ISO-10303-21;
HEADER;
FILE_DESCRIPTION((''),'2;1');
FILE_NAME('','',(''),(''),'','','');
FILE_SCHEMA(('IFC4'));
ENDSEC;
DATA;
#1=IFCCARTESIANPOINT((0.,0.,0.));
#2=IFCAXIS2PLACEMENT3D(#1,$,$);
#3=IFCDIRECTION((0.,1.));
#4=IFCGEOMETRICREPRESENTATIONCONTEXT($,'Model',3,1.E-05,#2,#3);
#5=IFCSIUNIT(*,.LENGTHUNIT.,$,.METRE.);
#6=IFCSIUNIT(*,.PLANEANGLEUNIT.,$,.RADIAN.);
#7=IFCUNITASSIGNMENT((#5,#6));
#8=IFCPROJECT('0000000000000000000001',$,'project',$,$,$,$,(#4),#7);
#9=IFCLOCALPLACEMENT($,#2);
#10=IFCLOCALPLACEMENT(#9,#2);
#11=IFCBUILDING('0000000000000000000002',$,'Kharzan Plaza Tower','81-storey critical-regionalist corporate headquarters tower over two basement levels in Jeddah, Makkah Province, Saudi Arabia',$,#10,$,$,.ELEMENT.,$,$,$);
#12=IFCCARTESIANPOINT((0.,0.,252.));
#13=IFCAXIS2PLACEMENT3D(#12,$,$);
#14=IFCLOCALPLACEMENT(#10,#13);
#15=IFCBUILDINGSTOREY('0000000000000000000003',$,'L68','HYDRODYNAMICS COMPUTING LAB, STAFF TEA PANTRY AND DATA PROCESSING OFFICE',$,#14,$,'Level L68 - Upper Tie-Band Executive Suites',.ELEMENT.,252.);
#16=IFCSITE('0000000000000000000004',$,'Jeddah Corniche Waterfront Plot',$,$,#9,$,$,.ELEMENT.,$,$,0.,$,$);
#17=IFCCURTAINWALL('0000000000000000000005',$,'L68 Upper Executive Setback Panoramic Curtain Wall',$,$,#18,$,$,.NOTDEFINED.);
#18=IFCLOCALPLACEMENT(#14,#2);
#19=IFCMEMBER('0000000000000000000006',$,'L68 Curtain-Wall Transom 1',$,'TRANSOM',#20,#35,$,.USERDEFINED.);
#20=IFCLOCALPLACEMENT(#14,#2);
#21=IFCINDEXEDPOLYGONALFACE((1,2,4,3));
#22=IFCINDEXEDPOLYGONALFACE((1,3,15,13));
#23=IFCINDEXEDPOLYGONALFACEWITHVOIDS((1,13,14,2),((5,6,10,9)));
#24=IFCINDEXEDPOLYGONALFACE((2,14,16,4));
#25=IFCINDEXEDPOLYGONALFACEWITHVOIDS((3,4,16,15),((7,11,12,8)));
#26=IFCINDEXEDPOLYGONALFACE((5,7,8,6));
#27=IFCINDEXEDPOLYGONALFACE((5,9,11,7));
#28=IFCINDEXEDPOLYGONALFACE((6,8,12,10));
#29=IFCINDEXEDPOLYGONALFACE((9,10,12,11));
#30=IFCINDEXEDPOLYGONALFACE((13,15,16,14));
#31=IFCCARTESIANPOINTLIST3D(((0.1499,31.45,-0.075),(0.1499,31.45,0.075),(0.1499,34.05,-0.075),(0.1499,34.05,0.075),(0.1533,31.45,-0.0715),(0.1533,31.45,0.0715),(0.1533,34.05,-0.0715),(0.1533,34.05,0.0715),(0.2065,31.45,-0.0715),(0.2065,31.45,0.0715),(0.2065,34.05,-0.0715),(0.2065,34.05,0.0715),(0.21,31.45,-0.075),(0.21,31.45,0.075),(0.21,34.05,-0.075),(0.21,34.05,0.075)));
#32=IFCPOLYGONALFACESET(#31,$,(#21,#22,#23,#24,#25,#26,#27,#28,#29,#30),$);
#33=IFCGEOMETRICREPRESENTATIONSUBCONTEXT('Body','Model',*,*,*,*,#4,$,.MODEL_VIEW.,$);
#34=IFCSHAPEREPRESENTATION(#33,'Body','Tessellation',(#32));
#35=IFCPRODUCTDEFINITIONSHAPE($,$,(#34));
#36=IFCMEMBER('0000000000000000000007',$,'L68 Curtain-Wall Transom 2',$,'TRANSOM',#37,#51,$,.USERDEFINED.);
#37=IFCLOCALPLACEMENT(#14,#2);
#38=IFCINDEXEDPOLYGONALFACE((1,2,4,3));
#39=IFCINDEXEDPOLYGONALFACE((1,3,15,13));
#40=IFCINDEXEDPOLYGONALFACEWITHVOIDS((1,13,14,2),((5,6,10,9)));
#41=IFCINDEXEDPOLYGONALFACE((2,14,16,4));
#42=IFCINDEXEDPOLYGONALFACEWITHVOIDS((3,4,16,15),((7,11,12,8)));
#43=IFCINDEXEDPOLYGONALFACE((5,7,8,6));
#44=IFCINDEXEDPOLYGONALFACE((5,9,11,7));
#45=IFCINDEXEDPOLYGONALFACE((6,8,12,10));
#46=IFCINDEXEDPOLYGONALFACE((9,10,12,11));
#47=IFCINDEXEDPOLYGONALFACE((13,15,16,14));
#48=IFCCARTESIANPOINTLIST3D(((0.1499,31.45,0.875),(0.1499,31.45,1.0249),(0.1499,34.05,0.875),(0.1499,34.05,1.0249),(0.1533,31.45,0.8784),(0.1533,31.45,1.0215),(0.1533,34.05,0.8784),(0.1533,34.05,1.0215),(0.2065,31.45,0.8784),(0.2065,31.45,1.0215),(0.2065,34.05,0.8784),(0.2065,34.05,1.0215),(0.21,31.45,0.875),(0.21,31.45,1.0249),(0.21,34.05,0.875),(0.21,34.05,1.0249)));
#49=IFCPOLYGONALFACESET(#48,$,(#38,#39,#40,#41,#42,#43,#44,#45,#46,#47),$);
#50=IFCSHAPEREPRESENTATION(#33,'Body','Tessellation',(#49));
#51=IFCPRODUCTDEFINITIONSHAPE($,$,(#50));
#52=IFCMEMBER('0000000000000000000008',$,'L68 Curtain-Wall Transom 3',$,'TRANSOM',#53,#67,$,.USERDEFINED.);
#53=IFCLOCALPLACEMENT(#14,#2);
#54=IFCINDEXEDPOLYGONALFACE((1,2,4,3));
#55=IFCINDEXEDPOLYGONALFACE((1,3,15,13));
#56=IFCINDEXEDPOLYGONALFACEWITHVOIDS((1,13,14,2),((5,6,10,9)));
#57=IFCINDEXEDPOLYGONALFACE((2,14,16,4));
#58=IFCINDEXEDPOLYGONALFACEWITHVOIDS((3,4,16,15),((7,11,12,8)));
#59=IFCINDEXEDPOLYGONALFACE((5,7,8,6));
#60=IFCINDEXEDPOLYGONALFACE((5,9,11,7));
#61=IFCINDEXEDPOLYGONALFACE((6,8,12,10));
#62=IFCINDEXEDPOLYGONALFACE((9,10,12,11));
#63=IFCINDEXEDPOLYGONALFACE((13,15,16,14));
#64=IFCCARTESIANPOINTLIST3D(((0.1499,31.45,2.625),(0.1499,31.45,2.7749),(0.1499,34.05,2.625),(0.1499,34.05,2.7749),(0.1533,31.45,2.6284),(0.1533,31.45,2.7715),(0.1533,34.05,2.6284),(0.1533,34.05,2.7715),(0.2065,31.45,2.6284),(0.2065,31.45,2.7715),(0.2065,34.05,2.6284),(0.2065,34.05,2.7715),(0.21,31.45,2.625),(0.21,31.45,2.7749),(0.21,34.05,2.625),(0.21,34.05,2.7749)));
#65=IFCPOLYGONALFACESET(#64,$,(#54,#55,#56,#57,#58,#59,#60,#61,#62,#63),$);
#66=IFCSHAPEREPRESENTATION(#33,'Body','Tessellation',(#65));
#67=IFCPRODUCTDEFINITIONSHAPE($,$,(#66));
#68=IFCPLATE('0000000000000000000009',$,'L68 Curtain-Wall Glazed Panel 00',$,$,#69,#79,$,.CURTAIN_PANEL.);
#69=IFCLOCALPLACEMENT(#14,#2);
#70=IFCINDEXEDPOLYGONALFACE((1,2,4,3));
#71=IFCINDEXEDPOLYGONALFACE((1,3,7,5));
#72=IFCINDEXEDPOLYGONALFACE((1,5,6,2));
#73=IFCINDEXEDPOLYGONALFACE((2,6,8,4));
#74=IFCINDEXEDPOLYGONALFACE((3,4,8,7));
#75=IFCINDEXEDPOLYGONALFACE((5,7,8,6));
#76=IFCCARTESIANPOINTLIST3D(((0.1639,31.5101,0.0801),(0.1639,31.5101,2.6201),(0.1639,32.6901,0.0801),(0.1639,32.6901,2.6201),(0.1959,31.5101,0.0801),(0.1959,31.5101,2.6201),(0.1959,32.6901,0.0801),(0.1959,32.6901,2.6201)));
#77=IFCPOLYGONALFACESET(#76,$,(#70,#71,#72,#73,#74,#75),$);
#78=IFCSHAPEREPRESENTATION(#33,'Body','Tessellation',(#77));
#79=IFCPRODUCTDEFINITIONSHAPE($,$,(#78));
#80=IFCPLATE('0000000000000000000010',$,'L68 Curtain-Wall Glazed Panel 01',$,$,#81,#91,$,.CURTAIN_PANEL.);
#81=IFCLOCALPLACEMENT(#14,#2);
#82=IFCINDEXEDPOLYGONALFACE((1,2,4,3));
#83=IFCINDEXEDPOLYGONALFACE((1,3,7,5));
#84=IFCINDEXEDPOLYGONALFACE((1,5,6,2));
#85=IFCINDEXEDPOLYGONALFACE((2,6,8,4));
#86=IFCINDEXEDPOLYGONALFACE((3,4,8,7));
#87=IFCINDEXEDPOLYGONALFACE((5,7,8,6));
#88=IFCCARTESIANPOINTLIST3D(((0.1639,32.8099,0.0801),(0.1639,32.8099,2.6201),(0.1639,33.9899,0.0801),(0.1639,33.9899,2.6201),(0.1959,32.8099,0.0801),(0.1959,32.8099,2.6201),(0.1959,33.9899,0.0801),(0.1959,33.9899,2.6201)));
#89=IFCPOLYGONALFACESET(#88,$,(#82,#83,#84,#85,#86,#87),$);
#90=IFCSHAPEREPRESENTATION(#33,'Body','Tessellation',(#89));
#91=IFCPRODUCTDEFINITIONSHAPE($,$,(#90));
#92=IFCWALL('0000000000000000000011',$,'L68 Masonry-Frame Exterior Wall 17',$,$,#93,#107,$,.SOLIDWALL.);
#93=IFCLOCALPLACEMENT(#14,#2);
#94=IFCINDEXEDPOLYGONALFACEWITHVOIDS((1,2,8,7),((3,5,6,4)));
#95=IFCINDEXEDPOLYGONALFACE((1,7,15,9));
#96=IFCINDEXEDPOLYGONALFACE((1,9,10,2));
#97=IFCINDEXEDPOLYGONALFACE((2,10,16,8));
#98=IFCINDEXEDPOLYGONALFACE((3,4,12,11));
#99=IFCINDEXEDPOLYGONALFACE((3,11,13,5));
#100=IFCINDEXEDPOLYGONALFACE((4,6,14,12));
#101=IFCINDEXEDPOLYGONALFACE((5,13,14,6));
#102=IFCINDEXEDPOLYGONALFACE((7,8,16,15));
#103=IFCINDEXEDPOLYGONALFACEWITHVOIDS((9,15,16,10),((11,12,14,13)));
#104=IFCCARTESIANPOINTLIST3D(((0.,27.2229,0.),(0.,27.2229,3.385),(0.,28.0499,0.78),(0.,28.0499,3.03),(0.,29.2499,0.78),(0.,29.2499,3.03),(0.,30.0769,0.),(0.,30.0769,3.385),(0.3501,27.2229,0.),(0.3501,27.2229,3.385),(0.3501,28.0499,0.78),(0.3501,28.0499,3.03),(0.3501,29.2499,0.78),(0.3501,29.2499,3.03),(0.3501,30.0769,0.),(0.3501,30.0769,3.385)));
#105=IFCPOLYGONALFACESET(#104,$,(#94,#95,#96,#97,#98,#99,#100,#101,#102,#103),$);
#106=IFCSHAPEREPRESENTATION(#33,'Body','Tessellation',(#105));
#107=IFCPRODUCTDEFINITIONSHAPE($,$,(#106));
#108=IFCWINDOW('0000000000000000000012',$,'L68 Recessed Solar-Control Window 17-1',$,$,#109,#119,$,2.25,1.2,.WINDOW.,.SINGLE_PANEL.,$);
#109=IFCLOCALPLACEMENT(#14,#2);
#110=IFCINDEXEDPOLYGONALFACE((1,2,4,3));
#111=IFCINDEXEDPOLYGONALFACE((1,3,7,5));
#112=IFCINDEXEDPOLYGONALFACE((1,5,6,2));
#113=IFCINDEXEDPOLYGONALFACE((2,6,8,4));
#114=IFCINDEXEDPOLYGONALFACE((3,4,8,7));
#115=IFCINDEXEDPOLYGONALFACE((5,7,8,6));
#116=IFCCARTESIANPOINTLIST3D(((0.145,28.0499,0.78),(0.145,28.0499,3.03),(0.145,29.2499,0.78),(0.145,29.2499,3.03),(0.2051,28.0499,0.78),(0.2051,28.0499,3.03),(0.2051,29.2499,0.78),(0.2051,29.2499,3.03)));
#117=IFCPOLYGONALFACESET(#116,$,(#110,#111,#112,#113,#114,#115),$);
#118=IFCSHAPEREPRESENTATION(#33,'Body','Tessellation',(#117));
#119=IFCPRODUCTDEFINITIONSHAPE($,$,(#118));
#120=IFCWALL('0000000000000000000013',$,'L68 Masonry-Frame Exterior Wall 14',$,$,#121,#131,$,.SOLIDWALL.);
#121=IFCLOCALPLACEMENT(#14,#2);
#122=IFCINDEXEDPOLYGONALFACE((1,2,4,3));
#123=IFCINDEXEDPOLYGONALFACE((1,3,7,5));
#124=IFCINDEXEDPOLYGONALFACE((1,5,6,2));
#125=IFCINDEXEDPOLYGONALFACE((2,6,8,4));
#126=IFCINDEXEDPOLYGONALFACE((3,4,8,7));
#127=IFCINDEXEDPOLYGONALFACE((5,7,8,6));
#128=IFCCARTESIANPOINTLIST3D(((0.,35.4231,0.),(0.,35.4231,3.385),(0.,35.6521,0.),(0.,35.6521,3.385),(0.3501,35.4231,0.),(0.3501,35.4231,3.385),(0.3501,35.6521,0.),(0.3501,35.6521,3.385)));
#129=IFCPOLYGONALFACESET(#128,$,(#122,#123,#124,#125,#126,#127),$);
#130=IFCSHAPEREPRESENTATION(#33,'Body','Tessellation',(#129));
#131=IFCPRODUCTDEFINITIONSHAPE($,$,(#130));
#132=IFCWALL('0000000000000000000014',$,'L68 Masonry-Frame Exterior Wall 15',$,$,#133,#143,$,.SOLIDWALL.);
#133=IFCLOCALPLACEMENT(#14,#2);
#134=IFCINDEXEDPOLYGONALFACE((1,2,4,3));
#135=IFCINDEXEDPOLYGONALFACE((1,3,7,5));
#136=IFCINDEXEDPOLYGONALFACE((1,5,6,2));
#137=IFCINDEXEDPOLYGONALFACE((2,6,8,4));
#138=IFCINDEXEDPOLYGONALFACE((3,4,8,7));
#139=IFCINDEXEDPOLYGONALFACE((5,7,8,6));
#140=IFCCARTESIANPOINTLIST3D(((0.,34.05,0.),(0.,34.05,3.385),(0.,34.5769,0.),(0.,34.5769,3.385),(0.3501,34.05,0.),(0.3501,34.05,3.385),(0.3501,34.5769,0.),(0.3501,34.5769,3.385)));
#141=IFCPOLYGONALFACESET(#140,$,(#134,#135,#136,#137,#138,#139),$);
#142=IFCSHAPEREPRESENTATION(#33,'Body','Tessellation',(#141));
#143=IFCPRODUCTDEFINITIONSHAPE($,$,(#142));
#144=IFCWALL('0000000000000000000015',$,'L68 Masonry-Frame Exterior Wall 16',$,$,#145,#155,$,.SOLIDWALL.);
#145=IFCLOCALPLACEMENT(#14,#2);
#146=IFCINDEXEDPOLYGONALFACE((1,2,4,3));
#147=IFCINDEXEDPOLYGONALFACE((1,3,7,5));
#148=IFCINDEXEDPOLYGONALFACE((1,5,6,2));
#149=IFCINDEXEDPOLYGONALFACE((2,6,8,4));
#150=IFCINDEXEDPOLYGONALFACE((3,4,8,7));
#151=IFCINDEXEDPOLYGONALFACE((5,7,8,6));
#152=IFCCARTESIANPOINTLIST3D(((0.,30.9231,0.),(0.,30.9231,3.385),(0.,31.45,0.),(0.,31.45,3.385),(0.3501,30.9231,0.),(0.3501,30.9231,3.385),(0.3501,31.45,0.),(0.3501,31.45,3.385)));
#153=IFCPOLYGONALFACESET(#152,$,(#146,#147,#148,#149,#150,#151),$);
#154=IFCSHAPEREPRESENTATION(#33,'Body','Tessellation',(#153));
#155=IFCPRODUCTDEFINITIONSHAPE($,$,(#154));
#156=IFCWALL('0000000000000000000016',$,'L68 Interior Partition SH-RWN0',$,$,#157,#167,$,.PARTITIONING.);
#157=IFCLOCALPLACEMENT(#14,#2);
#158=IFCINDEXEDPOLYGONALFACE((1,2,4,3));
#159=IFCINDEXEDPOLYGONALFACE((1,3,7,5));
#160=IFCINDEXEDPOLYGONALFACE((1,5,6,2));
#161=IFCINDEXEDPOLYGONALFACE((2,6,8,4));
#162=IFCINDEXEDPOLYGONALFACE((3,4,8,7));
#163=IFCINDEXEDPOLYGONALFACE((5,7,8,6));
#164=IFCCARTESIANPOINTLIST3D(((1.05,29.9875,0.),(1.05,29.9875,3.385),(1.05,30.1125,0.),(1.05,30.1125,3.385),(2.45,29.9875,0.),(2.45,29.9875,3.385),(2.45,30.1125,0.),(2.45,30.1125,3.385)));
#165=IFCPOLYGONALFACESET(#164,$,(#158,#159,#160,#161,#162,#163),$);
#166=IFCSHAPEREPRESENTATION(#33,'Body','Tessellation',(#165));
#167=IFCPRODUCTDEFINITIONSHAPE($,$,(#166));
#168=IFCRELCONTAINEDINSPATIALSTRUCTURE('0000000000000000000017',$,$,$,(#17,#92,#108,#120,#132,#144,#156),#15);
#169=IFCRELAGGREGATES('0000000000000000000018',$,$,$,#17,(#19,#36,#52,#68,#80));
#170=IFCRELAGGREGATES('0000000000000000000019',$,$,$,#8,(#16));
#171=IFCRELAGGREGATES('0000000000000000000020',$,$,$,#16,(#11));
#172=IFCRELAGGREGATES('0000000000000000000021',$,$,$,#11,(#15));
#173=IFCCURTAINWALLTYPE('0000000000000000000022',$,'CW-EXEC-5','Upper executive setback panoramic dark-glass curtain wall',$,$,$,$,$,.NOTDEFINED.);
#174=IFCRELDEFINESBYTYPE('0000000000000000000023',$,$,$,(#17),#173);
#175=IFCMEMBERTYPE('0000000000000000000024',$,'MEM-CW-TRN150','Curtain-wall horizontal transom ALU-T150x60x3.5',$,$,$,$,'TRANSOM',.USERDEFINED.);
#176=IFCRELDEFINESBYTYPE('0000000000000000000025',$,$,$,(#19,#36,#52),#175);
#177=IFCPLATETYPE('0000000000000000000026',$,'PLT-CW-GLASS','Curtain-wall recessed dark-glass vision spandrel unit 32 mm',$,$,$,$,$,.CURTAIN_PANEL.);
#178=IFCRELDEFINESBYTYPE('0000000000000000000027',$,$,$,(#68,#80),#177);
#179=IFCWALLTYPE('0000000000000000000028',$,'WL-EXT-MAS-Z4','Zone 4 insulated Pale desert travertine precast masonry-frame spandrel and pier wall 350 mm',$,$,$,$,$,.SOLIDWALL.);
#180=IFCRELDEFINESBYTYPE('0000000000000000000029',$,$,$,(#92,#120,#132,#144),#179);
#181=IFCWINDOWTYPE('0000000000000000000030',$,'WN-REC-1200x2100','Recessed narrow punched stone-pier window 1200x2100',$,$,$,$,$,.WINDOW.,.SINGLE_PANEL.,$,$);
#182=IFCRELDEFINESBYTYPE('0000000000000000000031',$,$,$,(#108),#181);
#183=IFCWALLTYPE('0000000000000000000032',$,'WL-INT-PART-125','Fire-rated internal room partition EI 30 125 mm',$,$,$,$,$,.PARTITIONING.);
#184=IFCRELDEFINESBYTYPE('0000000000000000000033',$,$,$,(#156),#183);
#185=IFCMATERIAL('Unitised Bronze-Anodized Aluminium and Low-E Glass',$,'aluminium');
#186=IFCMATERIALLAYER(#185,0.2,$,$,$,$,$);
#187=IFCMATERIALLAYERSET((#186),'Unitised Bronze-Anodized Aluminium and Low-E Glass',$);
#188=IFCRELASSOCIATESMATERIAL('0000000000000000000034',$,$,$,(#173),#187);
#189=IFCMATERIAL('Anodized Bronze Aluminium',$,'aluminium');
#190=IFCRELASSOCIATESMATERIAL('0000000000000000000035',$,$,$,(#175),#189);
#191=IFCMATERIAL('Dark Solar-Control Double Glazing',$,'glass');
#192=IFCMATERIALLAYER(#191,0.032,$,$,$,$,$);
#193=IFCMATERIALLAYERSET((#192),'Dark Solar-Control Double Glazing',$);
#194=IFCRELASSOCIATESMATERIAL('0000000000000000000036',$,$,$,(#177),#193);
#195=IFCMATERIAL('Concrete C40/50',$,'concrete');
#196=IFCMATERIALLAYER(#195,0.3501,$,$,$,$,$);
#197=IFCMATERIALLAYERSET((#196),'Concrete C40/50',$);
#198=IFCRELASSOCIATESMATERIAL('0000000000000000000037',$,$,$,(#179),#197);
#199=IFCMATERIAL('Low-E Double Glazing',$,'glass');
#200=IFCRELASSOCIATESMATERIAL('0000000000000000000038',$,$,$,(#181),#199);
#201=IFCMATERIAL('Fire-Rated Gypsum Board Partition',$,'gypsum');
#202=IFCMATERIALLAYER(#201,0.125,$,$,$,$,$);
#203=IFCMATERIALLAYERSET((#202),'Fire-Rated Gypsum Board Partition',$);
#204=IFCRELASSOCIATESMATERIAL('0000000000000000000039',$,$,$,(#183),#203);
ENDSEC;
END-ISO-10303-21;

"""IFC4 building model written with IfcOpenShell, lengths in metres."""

from ifc_helpers import new_model, si_unit, direction, frame, frame_2d, origin, origin_2d, place, context, subcontext, project, spatial, rectangle, hollow_rectangle, extrude, source, transform, mapped, material, layer, layer_set, material_profile, profile_set, type_object, element, fill, aggregate, save


model = new_model("IFC4")

# Units and contexts
model_context = context("Model", 3, precision=1e-05, world=origin(), true_north=direction((0.0, 1.0)))
body_context = subcontext(model_context, "Body", "Model", "MODEL_VIEW")
ifc_project = project(units=[si_unit("LENGTHUNIT", "METRE"), si_unit("PLANEANGLEUNIT", "RADIAN")], contexts=[model_context])

# Site, building, storey
site_placement = place(None, origin())
site = spatial("IfcSite", under=ifc_project, at=site_placement, Name="Jeddah Corniche Waterfront Plot", CompositionType="ELEMENT", RefElevation=0.0)
building_placement = place(site_placement, origin())
building = spatial("IfcBuilding", under=site, at=building_placement, Name="Kharzan Plaza Tower", Description="81-storey critical-regionalist corporate headquarters tower over two basement levels in Jeddah, Makkah Province, Saudi Arabia", CompositionType="ELEMENT")
storey_placement = place(building_placement, frame((0.0, 0.0, 252.0)))
storey = spatial("IfcBuildingStorey", under=building, at=storey_placement, Name="L68", Description="HYDRODYNAMICS COMPUTING LAB, STAFF TEA PANTRY AND DATA PROCESSING OFFICE", LongName="Level L68 - Upper Tie-Band Executive Suites", CompositionType="ELEMENT", Elevation=252.0)

# Curtain wall
ifc_material_1 = material(Name="Unitised Bronze-Anodized Aluminium and Low-E Glass", Category="aluminium")
ifc_layer_1 = layer(ifc_material_1, 0.2)
ifc_layer_set_1 = layer_set([ifc_layer_1], Name="Unitised Bronze-Anodized Aluminium and Low-E Glass")
curtain_wall_type = type_object("IfcCurtainWallType", Name="CW-EXEC-5", Description="Upper executive setback panoramic dark-glass curtain wall", PredefinedType="NOTDEFINED", material=ifc_layer_set_1)
curtain_wall_placement = place(storey_placement, origin())
curtain_wall = element("IfcCurtainWall", 1, at=curtain_wall_placement, inside=storey, type_object=curtain_wall_type, Name="L68 Upper Executive Setback Panoramic Curtain Wall", PredefinedType="NOTDEFINED")
ifc_material_2 = material(Name="Anodized Bronze Aluminium", Category="aluminium")

# Members
ifc_material_profile_1 = material_profile(ifc_material_2, hollow_rectangle(XDim=0.0601, YDim=0.1499, WallThickness=0.0034, at=origin_2d()), Name="ALU-T150x60x3.5")
ifc_profile_set_1 = profile_set([ifc_material_profile_1], Name="Anodized Bronze Aluminium")
member_type_1 = type_object("IfcMemberType", Name="MEM-CW-TRN150", Description="Curtain-wall horizontal transom ALU-T150x60x3.5", ElementType="TRANSOM", PredefinedType="USERDEFINED", material=ifc_profile_set_1)
shared_shape_1 = source(origin(), body_context, "Body", "SweptSolid", [
    extrude(hollow_rectangle(XDim=0.0601, YDim=0.1499, WallThickness=0.0034, at=origin_2d()), origin(), (0.0, 0.0, 1.0), 2.6001),
])
member_1_placement = place(storey_placement, frame((0.1799, 31.45, 0.0), z_axis=(0.0, 1.0, 0.0), x_axis=(-1.0, 0.0, 0.0)))
member_1 = element("IfcMember", 2, at=member_1_placement, type_object=member_type_1, Name="L68 Curtain-Wall Transom 1", ObjectType="TRANSOM", PredefinedType="USERDEFINED", context=body_context, shape_type="MappedRepresentation", body=[
    mapped(shared_shape_1, transform((0.0, 0.0, 0.0), x_axis=(1.0, 0.0, 0.0), y_axis=(0.0, 1.0, 0.0), z_axis=(0.0, 0.0, 1.0))),
])
member_2_placement = place(storey_placement, frame((0.1799, 31.45, 0.95), z_axis=(0.0, 1.0, 0.0), x_axis=(-1.0, 0.0, 0.0)))
member_2 = element("IfcMember", 3, at=member_2_placement, type_object=member_type_1, Name="L68 Curtain-Wall Transom 2", ObjectType="TRANSOM", PredefinedType="USERDEFINED", context=body_context, shape_type="MappedRepresentation", body=[
    mapped(shared_shape_1, transform((0.0, 0.0, 0.0), x_axis=(1.0, 0.0, 0.0), y_axis=(0.0, 1.0, 0.0), z_axis=(0.0, 0.0, 1.0))),
])
member_3_placement = place(storey_placement, frame((0.1799, 31.45, 2.7), z_axis=(0.0, 1.0, 0.0), x_axis=(-1.0, 0.0, 0.0)))
member_3 = element("IfcMember", 4, at=member_3_placement, type_object=member_type_1, Name="L68 Curtain-Wall Transom 3", ObjectType="TRANSOM", PredefinedType="USERDEFINED", context=body_context, shape_type="MappedRepresentation", body=[
    mapped(shared_shape_1, transform((0.0, 0.0, 0.0), x_axis=(1.0, 0.0, 0.0), y_axis=(0.0, 1.0, 0.0), z_axis=(0.0, 0.0, 1.0))),
])

# Plates
ifc_material_3 = material(Name="Dark Solar-Control Double Glazing", Category="glass")
ifc_layer_2 = layer(ifc_material_3, 0.032)
ifc_layer_set_2 = layer_set([ifc_layer_2], Name="Dark Solar-Control Double Glazing")
plate_type = type_object("IfcPlateType", Name="PLT-CW-GLASS", Description="Curtain-wall recessed dark-glass vision spandrel unit 32 mm", PredefinedType="CURTAIN_PANEL", material=ifc_layer_set_2)
shared_shape_2 = source(origin(), body_context, "Body", "SweptSolid", [
    extrude(rectangle(XDim=1.1799, YDim=0.032, at=origin_2d()), origin(), (0.0, 0.0, 1.0), 2.54),
])
plate_1_placement = place(storey_placement, frame((0.1799, 32.1001, 0.0801), z_axis=(0.0, 0.0, 1.0), x_axis=(0.0, 1.0, 0.0)))
plate_1 = element("IfcPlate", 5, at=plate_1_placement, type_object=plate_type, Name="L68 Curtain-Wall Glazed Panel 00", PredefinedType="CURTAIN_PANEL", context=body_context, shape_type="MappedRepresentation", body=[
    mapped(shared_shape_2, transform((0.0, 0.0, 0.0), x_axis=(1.0, 0.0, 0.0), y_axis=(0.0, 1.0, 0.0), z_axis=(0.0, 0.0, 1.0))),
])
plate_2_placement = place(storey_placement, frame((0.1799, 33.3999, 0.0801), z_axis=(0.0, 0.0, 1.0), x_axis=(0.0, 1.0, 0.0)))
plate_2 = element("IfcPlate", 6, at=plate_2_placement, type_object=plate_type, Name="L68 Curtain-Wall Glazed Panel 01", PredefinedType="CURTAIN_PANEL", context=body_context, shape_type="MappedRepresentation", body=[
    mapped(shared_shape_2, transform((0.0, 0.0, 0.0), x_axis=(1.0, 0.0, 0.0), y_axis=(0.0, 1.0, 0.0), z_axis=(0.0, 0.0, 1.0))),
])
aggregate(curtain_wall, [member_1, member_2, member_3, plate_1, plate_2])

# Wall, opening, window
ifc_material_4 = material(Name="Concrete C40/50", Category="concrete")
ifc_layer_3 = layer(ifc_material_4, 0.3501)
ifc_layer_set_3 = layer_set([ifc_layer_3], Name="Concrete C40/50")
wall_type_1 = type_object("IfcWallType", Name="WL-EXT-MAS-Z4", Description="Zone 4 insulated Pale desert travertine precast masonry-frame spandrel and pier wall 350 mm", PredefinedType="SOLIDWALL", material=ifc_layer_set_3)
wall_1_placement = place(storey_placement, frame((0.175, 30.0769, 0.0), z_axis=(0.0, 0.0, 1.0), x_axis=(0.0, -1.0, 0.0)))
wall_1 = element("IfcWall", 7, at=wall_1_placement, inside=storey, type_object=wall_type_1, Name="L68 Masonry-Frame Exterior Wall 17", PredefinedType="SOLIDWALL", context=body_context, shape_type="SweptSolid", body=[
    extrude(rectangle(XDim=2.854, YDim=0.3501, at=frame_2d((1.427, 0.0))), origin(), (0.0, 0.0, 1.0), 3.385),
])
opening_placement = place(wall_1_placement, frame((0.8269, 0.0, 0.78)))
opening = element("IfcOpeningElement", 8, at=opening_placement, cuts=wall_1, PredefinedType="OPENING", context=body_context, shape_type="SweptSolid", body=[
    extrude(rectangle(XDim=1.2, YDim=2.25, at=frame_2d((0.6001, 1.125))), frame((0.0, 0.1851, 0.0), z_axis=(0.0, -1.0, 0.0), x_axis=(1.0, 0.0, 0.0)), (0.0, 0.0, 1.0), 0.3701),
])
ifc_material_5 = material(Name="Low-E Double Glazing", Category="glass")
window_type = type_object("IfcWindowType", Name="WN-REC-1200x2100", Description="Recessed narrow punched stone-pier window 1200x2100", PartitioningType="SINGLE_PANEL", PredefinedType="WINDOW", material=ifc_material_5)
shared_shape_3 = source(origin(), body_context, "Body", "SweptSolid", [
    extrude(rectangle(XDim=1.2, YDim=2.25, at=frame_2d((0.6001, 1.125))), frame((0.0, 0.03, 0.0), z_axis=(0.0, -1.0, 0.0), x_axis=(1.0, 0.0, 0.0)), (0.0, 0.0, 1.0), 0.0601),
])
window_placement = place(opening_placement, origin())
window = element("IfcWindow", 9, at=window_placement, inside=storey, type_object=window_type, Name="L68 Recessed Solar-Control Window 17-1", OverallHeight=2.25, OverallWidth=1.2, PartitioningType="SINGLE_PANEL", PredefinedType="WINDOW", context=body_context, shape_type="MappedRepresentation", body=[
    mapped(shared_shape_3, transform((0.0, 0.0, 0.0), x_axis=(1.0, 0.0, 0.0), y_axis=(0.0, 1.0, 0.0), z_axis=(0.0, 0.0, 1.0))),
])
fill(opening, window)

# Walls
shared_shape_4 = source(origin(), body_context, "Body", "SweptSolid", [
    extrude(rectangle(XDim=0.229, YDim=0.3501, at=frame_2d((0.1145, 0.0))), origin(), (0.0, 0.0, 1.0), 3.385),
])
wall_2_placement = place(storey_placement, frame((0.175, 35.6521, 0.0), z_axis=(0.0, 0.0, 1.0), x_axis=(0.0, -1.0, 0.0)))
element("IfcWall", 10, at=wall_2_placement, inside=storey, type_object=wall_type_1, Name="L68 Masonry-Frame Exterior Wall 14", PredefinedType="SOLIDWALL", context=body_context, shape_type="MappedRepresentation", body=[
    mapped(shared_shape_4, transform((0.0, 0.0, 0.0), x_axis=(1.0, 0.0, 0.0), y_axis=(0.0, 1.0, 0.0), z_axis=(0.0, 0.0, 1.0))),
])
shared_shape_5 = source(origin(), body_context, "Body", "SweptSolid", [
    extrude(rectangle(XDim=0.5269, YDim=0.3501, at=frame_2d((0.2634, 0.0))), origin(), (0.0, 0.0, 1.0), 3.385),
])
for number, where, z_axis, x_axis, name in (
    (11, (0.175, 34.5769, 0.0), (0.0, 0.0, 1.0), (0.0, -1.0, 0.0), "L68 Masonry-Frame Exterior Wall 15"),
    (12, (0.175, 31.45, 0.0), (0.0, 0.0, 1.0), (0.0, -1.0, 0.0), "L68 Masonry-Frame Exterior Wall 16"),
):
    element("IfcWall", number, at=place(storey_placement, frame(where, z_axis=z_axis, x_axis=x_axis)), inside=storey, type_object=wall_type_1, Name=name, PredefinedType="SOLIDWALL", context=body_context, shape_type="MappedRepresentation", body=[
        mapped(shared_shape_5, transform((0.0, 0.0, 0.0), x_axis=(1.0, 0.0, 0.0), y_axis=(0.0, 1.0, 0.0), z_axis=(0.0, 0.0, 1.0))),
    ])
ifc_material_6 = material(Name="Fire-Rated Gypsum Board Partition", Category="gypsum")
ifc_layer_4 = layer(ifc_material_6, 0.125)
ifc_layer_set_4 = layer_set([ifc_layer_4], Name="Fire-Rated Gypsum Board Partition")
wall_type_2 = type_object("IfcWallType", Name="WL-INT-PART-125", Description="Fire-rated internal room partition EI 30 125 mm", PredefinedType="PARTITIONING", material=ifc_layer_set_4)
shared_shape_6 = source(origin(), body_context, "Body", "SweptSolid", [
    extrude(rectangle(XDim=1.3999, YDim=0.125, at=frame_2d((0.7, 0.0))), origin(), (0.0, 0.0, 1.0), 3.385),
])
wall_3_placement = place(storey_placement, frame((1.05, 30.05, 0.0), z_axis=(0.0, 0.0, 1.0), x_axis=(1.0, 0.0, 0.0)))
element("IfcWall", 13, at=wall_3_placement, inside=storey, type_object=wall_type_2, Name="L68 Interior Partition SH-RWN0", PredefinedType="PARTITIONING", context=body_context, shape_type="MappedRepresentation", body=[
    mapped(shared_shape_6, transform((0.0, 0.0, 0.0), x_axis=(1.0, 0.0, 0.0), y_axis=(0.0, 1.0, 0.0), z_axis=(0.0, 0.0, 1.0))),
])

save(model, "model.ifc")
